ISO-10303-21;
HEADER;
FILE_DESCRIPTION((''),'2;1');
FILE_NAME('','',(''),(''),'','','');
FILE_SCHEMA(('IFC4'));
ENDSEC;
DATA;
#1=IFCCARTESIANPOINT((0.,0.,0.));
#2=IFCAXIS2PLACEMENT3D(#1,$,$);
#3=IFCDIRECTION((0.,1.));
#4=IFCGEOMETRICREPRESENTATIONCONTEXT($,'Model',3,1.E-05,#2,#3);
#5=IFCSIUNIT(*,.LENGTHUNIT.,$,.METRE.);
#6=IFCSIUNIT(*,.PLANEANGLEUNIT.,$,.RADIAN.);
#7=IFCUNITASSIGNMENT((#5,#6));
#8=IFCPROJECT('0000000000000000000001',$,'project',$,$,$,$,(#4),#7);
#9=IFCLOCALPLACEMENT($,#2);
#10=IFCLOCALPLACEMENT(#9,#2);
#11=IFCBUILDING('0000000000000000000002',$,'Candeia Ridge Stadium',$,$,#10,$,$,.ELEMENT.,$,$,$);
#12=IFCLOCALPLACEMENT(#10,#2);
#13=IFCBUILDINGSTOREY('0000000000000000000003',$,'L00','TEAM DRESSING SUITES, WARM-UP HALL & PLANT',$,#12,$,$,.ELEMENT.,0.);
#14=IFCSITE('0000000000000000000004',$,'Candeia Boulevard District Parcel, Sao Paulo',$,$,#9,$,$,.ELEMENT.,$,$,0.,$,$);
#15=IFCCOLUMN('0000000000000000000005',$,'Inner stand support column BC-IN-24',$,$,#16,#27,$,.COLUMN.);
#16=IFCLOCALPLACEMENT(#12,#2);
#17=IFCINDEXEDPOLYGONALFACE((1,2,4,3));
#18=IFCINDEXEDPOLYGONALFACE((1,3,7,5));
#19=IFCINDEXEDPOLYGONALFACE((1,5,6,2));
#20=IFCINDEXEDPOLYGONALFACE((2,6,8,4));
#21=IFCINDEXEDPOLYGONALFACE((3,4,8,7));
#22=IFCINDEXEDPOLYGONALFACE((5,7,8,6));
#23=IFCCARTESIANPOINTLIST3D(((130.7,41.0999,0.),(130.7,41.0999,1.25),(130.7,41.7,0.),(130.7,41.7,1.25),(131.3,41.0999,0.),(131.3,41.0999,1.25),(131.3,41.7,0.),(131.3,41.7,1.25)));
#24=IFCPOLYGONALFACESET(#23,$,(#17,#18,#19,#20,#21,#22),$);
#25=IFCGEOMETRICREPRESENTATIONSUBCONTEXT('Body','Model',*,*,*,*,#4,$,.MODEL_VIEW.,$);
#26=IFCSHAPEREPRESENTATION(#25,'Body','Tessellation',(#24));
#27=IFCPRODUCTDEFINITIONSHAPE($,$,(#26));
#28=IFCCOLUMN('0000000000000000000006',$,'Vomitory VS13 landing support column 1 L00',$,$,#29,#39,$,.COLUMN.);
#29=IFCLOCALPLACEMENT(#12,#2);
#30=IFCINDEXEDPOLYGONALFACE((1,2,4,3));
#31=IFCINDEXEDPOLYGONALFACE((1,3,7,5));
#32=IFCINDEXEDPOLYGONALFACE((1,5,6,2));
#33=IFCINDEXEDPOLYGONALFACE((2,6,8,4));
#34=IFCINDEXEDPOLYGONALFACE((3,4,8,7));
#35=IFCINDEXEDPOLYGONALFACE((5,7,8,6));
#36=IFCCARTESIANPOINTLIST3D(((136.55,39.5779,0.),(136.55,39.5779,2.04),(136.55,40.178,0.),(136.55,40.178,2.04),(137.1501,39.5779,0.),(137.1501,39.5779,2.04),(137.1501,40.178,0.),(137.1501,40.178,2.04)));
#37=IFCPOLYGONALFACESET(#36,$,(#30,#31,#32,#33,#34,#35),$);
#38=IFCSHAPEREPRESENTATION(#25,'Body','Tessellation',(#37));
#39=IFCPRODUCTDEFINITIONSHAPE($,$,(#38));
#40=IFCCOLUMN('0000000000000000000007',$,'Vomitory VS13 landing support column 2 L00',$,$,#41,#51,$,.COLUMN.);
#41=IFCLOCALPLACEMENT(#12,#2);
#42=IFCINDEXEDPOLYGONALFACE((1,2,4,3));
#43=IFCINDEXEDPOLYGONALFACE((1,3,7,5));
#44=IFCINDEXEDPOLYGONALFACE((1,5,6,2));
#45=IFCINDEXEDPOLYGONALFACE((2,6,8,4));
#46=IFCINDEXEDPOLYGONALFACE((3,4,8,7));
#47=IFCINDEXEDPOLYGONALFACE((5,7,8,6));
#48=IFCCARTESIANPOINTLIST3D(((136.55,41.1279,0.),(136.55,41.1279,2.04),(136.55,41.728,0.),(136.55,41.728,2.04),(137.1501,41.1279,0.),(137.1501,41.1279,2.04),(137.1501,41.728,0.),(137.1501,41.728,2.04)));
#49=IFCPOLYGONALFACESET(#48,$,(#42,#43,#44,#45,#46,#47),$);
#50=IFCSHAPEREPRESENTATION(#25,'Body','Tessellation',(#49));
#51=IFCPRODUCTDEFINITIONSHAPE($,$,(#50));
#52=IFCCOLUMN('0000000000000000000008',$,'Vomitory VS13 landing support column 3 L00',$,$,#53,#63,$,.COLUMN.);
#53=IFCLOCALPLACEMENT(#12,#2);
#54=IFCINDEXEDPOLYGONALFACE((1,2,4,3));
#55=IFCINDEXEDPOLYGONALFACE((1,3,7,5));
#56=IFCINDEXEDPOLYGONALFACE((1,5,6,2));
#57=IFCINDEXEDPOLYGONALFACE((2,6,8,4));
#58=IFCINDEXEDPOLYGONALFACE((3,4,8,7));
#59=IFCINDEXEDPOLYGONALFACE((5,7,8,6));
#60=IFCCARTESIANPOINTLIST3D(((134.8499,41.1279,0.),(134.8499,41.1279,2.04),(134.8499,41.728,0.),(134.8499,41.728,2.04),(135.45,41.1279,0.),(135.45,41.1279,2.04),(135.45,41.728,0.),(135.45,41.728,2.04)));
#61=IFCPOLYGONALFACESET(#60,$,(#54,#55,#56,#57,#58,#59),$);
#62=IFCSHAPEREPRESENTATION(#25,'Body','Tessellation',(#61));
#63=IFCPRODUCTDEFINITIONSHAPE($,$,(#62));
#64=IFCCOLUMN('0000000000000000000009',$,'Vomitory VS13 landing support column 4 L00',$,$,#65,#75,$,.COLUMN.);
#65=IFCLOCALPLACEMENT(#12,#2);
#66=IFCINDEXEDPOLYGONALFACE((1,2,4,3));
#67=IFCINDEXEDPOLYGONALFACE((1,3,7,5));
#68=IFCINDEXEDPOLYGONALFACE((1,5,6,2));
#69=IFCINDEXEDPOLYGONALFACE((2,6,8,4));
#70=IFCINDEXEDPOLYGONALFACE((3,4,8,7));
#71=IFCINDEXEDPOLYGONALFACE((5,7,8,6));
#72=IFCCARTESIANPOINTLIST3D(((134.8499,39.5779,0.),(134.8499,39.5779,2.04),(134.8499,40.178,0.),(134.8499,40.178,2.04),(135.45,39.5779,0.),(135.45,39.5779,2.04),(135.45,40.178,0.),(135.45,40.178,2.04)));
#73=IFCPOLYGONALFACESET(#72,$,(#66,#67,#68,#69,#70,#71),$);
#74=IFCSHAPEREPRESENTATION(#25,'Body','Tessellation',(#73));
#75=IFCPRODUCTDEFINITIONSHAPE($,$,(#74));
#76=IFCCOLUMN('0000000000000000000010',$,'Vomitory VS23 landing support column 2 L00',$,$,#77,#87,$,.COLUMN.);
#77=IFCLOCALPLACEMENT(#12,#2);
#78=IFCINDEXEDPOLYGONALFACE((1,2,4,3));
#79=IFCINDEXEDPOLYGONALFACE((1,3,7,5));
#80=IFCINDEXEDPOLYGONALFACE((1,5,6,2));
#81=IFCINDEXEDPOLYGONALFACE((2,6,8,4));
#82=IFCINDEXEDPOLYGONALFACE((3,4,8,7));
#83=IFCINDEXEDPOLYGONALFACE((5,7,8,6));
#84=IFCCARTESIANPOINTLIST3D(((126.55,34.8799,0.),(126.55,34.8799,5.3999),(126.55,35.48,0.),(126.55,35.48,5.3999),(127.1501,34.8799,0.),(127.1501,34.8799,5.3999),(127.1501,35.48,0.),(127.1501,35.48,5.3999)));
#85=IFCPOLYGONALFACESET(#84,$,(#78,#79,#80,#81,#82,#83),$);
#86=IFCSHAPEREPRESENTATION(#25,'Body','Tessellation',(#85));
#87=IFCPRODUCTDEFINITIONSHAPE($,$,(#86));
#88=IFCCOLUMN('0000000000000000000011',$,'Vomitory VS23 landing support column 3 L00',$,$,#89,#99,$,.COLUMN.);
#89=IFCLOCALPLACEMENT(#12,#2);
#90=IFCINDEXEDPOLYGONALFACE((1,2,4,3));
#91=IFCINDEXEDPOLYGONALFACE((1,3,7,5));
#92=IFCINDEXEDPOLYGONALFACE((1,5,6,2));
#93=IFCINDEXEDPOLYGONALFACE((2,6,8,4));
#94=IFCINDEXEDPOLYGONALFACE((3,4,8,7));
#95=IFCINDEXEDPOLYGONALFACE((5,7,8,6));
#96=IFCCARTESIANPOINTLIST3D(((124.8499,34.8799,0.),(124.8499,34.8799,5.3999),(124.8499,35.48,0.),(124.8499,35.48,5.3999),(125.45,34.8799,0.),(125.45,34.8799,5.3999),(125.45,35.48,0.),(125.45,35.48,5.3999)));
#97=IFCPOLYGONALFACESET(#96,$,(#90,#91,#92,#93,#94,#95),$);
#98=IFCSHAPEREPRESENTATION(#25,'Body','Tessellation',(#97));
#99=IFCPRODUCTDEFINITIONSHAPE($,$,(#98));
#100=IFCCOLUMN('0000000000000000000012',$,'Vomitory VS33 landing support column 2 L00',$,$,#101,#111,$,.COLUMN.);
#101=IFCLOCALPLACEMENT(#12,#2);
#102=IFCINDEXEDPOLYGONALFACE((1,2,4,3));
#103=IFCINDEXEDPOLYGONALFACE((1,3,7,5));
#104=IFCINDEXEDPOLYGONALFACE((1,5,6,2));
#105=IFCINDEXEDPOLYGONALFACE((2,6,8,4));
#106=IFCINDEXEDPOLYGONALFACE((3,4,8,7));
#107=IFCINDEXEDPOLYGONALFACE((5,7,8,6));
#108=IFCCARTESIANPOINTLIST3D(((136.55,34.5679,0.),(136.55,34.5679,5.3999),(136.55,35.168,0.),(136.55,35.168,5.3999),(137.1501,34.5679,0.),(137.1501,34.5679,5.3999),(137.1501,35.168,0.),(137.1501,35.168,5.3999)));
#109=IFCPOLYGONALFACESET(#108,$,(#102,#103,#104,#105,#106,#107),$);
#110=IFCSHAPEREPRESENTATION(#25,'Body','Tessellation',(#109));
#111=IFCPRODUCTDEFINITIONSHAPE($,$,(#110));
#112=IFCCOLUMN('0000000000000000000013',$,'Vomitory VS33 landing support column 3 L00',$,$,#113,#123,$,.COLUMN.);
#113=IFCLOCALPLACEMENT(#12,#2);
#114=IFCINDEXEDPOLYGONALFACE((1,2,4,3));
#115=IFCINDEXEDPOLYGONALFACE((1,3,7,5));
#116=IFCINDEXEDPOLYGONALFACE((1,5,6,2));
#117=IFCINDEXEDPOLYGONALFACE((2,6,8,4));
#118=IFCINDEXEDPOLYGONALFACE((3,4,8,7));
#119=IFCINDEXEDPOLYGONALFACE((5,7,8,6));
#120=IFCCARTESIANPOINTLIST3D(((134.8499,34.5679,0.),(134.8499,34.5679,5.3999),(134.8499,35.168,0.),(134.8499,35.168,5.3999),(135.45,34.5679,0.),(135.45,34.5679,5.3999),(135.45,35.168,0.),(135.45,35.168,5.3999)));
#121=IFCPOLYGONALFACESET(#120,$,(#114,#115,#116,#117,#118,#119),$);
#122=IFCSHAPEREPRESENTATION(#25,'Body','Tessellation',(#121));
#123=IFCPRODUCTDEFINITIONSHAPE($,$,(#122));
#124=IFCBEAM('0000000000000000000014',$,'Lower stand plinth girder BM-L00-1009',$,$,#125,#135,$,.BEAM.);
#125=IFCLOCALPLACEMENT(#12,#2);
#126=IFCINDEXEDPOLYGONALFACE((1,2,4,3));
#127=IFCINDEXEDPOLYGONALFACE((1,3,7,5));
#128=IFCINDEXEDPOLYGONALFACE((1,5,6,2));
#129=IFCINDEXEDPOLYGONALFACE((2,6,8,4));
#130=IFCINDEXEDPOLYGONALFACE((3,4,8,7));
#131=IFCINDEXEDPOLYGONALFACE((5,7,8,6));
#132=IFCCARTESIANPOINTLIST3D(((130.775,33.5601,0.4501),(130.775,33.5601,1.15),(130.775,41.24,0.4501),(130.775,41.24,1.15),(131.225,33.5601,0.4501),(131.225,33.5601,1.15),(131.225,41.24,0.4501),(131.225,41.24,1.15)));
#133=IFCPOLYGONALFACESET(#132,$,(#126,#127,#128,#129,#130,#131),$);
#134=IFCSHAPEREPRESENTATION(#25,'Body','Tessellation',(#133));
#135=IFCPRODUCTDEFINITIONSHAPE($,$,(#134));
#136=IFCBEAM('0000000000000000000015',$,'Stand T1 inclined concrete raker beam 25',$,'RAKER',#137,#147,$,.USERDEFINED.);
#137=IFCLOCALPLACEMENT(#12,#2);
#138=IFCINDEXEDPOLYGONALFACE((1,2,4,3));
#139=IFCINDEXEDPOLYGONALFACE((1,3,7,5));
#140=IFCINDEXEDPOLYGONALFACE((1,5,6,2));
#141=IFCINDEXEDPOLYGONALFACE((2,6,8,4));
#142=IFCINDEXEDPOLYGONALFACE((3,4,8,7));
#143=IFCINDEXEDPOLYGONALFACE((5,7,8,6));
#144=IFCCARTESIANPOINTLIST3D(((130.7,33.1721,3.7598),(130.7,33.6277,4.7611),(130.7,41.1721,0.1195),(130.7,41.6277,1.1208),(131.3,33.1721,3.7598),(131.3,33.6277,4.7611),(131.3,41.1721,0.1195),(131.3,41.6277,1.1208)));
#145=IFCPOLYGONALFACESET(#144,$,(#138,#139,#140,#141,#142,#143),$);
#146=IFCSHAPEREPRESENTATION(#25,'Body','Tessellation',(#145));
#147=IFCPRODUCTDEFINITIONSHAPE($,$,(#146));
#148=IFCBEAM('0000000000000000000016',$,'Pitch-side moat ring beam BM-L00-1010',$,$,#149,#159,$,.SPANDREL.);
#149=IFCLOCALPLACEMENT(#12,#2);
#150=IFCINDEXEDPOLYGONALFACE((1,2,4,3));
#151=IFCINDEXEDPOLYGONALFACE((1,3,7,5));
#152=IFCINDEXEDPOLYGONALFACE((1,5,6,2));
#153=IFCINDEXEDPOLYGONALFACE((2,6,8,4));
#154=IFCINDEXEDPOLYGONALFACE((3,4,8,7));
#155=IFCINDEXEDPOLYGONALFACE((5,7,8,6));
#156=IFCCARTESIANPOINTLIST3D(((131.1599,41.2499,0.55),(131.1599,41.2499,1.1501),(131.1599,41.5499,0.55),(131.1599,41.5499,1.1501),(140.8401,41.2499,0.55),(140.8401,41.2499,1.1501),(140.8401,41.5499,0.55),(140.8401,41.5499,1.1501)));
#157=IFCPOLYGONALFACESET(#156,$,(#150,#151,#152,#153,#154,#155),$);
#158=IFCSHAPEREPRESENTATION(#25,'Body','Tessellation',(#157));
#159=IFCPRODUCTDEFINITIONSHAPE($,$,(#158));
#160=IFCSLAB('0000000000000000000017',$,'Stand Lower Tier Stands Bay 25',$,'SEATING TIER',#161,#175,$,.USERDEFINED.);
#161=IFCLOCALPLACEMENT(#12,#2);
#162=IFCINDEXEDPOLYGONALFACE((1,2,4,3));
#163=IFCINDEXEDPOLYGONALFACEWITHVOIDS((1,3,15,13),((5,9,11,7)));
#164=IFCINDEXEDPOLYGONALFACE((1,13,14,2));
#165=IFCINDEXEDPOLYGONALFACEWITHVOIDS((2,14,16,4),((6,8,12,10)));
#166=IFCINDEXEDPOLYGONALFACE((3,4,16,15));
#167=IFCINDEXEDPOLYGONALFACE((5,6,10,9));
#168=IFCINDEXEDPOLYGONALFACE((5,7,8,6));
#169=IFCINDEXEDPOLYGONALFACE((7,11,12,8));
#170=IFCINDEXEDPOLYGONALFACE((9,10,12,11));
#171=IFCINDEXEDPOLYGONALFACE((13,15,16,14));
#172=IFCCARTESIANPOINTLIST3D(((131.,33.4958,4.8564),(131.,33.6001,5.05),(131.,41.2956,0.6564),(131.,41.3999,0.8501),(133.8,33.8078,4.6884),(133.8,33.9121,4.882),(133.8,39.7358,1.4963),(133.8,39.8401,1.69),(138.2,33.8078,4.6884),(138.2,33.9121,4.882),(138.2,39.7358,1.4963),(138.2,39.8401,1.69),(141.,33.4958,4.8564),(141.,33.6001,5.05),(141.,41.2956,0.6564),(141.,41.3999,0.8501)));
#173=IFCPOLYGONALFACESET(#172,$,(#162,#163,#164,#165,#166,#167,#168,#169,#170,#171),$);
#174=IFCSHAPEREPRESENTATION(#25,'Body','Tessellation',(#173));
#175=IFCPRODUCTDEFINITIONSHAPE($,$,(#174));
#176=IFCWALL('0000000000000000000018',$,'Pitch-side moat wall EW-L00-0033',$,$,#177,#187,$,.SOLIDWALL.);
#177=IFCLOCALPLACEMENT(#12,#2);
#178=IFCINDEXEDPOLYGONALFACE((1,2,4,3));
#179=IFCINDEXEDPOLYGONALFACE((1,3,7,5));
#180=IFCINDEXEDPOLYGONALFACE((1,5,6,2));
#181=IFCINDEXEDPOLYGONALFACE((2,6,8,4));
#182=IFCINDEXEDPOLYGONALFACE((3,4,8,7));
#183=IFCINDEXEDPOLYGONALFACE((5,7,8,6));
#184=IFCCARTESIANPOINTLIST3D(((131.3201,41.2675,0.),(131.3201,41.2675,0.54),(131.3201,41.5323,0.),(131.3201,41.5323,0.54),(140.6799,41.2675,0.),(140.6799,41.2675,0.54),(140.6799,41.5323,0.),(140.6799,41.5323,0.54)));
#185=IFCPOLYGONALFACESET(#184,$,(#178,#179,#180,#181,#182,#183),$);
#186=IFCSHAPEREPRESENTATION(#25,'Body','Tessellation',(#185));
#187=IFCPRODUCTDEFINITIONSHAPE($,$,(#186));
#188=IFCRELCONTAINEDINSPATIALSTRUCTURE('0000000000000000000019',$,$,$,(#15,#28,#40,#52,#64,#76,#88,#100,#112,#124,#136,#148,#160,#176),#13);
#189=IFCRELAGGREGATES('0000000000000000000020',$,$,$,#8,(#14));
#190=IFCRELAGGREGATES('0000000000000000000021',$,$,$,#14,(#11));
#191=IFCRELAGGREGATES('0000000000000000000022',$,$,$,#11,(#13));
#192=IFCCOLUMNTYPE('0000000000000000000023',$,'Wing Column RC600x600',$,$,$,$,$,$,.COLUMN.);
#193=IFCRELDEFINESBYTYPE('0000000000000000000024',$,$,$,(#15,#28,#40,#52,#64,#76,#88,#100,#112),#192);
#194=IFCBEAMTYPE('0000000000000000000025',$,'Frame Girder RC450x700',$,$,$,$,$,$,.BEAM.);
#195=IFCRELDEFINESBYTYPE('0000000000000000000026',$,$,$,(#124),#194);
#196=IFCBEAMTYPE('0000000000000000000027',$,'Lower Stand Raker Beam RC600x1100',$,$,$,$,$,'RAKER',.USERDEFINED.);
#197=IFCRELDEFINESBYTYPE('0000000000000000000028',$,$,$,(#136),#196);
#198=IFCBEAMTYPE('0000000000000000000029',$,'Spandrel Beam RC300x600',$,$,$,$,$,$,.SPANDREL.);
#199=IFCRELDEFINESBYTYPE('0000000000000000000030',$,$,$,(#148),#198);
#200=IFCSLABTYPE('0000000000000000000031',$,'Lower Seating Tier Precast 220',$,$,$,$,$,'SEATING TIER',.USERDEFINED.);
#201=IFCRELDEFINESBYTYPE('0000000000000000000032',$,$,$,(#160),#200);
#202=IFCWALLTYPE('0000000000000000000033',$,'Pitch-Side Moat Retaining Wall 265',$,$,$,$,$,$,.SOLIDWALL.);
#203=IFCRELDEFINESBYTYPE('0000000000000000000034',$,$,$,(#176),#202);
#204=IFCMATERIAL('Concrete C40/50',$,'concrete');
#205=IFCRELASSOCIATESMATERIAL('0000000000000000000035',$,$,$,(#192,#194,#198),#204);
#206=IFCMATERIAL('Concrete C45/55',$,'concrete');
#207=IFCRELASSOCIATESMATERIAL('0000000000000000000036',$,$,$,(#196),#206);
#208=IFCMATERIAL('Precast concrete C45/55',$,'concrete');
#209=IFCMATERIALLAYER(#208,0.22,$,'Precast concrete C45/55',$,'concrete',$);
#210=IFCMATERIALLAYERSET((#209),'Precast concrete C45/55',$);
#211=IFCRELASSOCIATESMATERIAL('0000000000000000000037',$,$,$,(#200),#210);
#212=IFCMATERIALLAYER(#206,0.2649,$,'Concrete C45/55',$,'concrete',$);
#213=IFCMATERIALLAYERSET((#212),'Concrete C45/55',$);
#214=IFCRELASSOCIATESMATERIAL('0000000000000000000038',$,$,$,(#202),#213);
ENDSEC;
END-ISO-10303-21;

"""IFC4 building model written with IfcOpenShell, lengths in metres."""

from ifc_helpers import new_model, si_unit, direction, frame, frame_2d, origin, origin_2d, place, context, subcontext, project, spatial, polyline, rectangle, outline, extrude, material, layer, layer_set, material_profile, profile_set, type_object, element, save


model = new_model("IFC4")

# Units and contexts
model_context = context("Model", 3, precision=1e-05, world=origin(), true_north=direction((0.0, 1.0)))
body_context = subcontext(model_context, "Body", "Model", "MODEL_VIEW")
ifc_project = project(units=[si_unit("LENGTHUNIT", "METRE"), si_unit("PLANEANGLEUNIT", "RADIAN")], contexts=[model_context])

# Site, building, storey
site_placement = place(None, origin())
site = spatial("IfcSite", under=ifc_project, at=site_placement, Name="Candeia Boulevard District Parcel, Sao Paulo", CompositionType="ELEMENT", RefElevation=0.0)
building_placement = place(site_placement, origin())
building = spatial("IfcBuilding", under=site, at=building_placement, Name="Candeia Ridge Stadium", CompositionType="ELEMENT")
storey_placement = place(building_placement, origin())
storey = spatial("IfcBuildingStorey", under=building, at=storey_placement, Name="L00", Description="TEAM DRESSING SUITES, WARM-UP HALL & PLANT", CompositionType="ELEMENT", Elevation=0.0)

# Shared definitions
ifc_material_1 = material(Name="Concrete C40/50", Category="concrete")

# Columns
ifc_material_profile_1 = material_profile(ifc_material_1, rectangle(XDim=0.6001, YDim=0.6001, at=origin_2d()), Name="RC600x600", Category="concrete")
ifc_profile_set_1 = profile_set([ifc_material_profile_1], Name="Concrete C40/50")
column_type = type_object("IfcColumnType", Name="Wing Column RC600x600", PredefinedType="COLUMN", material=ifc_profile_set_1)
column_placement = place(storey_placement, frame((131.0, 41.3999, 0.0), z_axis=(0.0, 0.0, 1.0), x_axis=(1.0, 0.0, 0.0)))
element("IfcColumn", 1, at=column_placement, inside=storey, type_object=column_type, Name="Inner stand support column BC-IN-24", PredefinedType="COLUMN", context=body_context, shape_type="SweptSolid", body=[
    extrude(rectangle(XDim=0.6001, YDim=0.6001, at=origin_2d()), origin(), (0.0, 0.0, 1.0), 1.25),
])
for number, where, z_axis, x_axis, name in (
    (2, (136.8501, 39.8779, 0.0), (0.0, 0.0, 1.0), (1.0, 0.0, 0.0), "Vomitory VS13 landing support column 1 L00"),
    (3, (136.8501, 41.428, 0.0), (0.0, 0.0, 1.0), (1.0, 0.0, 0.0), "Vomitory VS13 landing support column 2 L00"),
    (4, (135.1499, 41.428, 0.0), (0.0, 0.0, 1.0), (1.0, 0.0, 0.0), "Vomitory VS13 landing support column 3 L00"),
    (5, (135.1499, 39.8779, 0.0), (0.0, 0.0, 1.0), (1.0, 0.0, 0.0), "Vomitory VS13 landing support column 4 L00"),
):
    element("IfcColumn", number, at=place(storey_placement, frame(where, z_axis=z_axis, x_axis=x_axis)), inside=storey, type_object=column_type, Name=name, PredefinedType="COLUMN", context=body_context, shape_type="SweptSolid", body=[
        extrude(rectangle(XDim=0.6001, YDim=0.6001, at=origin_2d()), origin(), (0.0, 0.0, 1.0), 2.04),
    ])
for number, where, z_axis, x_axis, name in (
    (6, (126.8501, 35.1799, 0.0), (0.0, 0.0, 1.0), (1.0, 0.0, 0.0), "Vomitory VS23 landing support column 2 L00"),
    (7, (125.1499, 35.1799, 0.0), (0.0, 0.0, 1.0), (1.0, 0.0, 0.0), "Vomitory VS23 landing support column 3 L00"),
    (8, (136.8501, 34.8679, 0.0), (0.0, 0.0, 1.0), (1.0, 0.0, 0.0), "Vomitory VS33 landing support column 2 L00"),
    (9, (135.1499, 34.8679, 0.0), (0.0, 0.0, 1.0), (1.0, 0.0, 0.0), "Vomitory VS33 landing support column 3 L00"),
):
    element("IfcColumn", number, at=place(storey_placement, frame(where, z_axis=z_axis, x_axis=x_axis)), inside=storey, type_object=column_type, Name=name, PredefinedType="COLUMN", context=body_context, shape_type="SweptSolid", body=[
        extrude(rectangle(XDim=0.6001, YDim=0.6001, at=origin_2d()), origin(), (0.0, 0.0, 1.0), 5.3999),
    ])

# Beams
ifc_material_profile_2 = material_profile(ifc_material_1, rectangle(XDim=0.45, YDim=0.7, at=origin_2d()), Name="RC450x700", Category="concrete")
ifc_profile_set_2 = profile_set([ifc_material_profile_2], Name="Concrete C40/50")
beam_type_1 = type_object("IfcBeamType", Name="Frame Girder RC450x700", PredefinedType="BEAM", material=ifc_profile_set_2)
beam_1_placement = place(storey_placement, frame((131.0, 41.24, 0.8), z_axis=(0.0, -1.0, 0.0), x_axis=(1.0, 0.0, 0.0)))
element("IfcBeam", 10, at=beam_1_placement, inside=storey, type_object=beam_type_1, Name="Lower stand plinth girder BM-L00-1009", PredefinedType="BEAM", context=body_context, shape_type="SweptSolid", body=[
    extrude(rectangle(XDim=0.45, YDim=0.7, at=origin_2d()), origin(), (0.0, 0.0, 1.0), 7.6799),
])
ifc_material_2 = material(Name="Concrete C45/55", Category="concrete")
ifc_material_profile_3 = material_profile(ifc_material_2, rectangle(XDim=0.6001, YDim=1.1001, at=origin_2d()), Name="RC600x1100", Category="concrete")
ifc_profile_set_3 = profile_set([ifc_material_profile_3], Name="Concrete C45/55")
beam_type_2 = type_object("IfcBeamType", Name="Lower Stand Raker Beam RC600x1100", ElementType="RAKER", PredefinedType="USERDEFINED", material=ifc_profile_set_3)
beam_2_placement = place(storey_placement, frame((131.0, 41.3999, 0.6201), z_axis=(0.0, -0.910194, 0.414182), x_axis=(1.0, 0.0, 0.0)))
element("IfcBeam", 11, at=beam_2_placement, inside=storey, type_object=beam_type_2, Name="Stand T1 inclined concrete raker beam 25", ObjectType="RAKER", PredefinedType="USERDEFINED", context=body_context, shape_type="SweptSolid", body=[
    extrude(rectangle(XDim=0.6001, YDim=1.1001, at=origin_2d()), origin(), (0.0, 0.0, 1.0), 8.7893),
])
ifc_material_profile_4 = material_profile(ifc_material_1, rectangle(XDim=0.3, YDim=0.6001, at=origin_2d()), Name="RC300x600", Category="concrete")
ifc_profile_set_4 = profile_set([ifc_material_profile_4], Name="Concrete C40/50")
beam_type_3 = type_object("IfcBeamType", Name="Spandrel Beam RC300x600", PredefinedType="SPANDREL", material=ifc_profile_set_4)
beam_3_placement = place(storey_placement, frame((131.1599, 41.3999, 0.8501), z_axis=(1.0, 0.0, 0.0), x_axis=(0.0, 1.0, 0.0)))
element("IfcBeam", 12, at=beam_3_placement, inside=storey, type_object=beam_type_3, Name="Pitch-side moat ring beam BM-L00-1010", PredefinedType="SPANDREL", context=body_context, shape_type="SweptSolid", body=[
    extrude(rectangle(XDim=0.3, YDim=0.6001, at=origin_2d()), origin(), (0.0, 0.0, 1.0), 9.6802),
])

# Slab
ifc_material_3 = material(Name="Precast concrete C45/55", Category="concrete")
ifc_layer_1 = layer(ifc_material_3, 0.22, Name="Precast concrete C45/55", Category="concrete")
ifc_layer_set_1 = layer_set([ifc_layer_1], Name="Precast concrete C45/55")
slab_type = type_object("IfcSlabType", Name="Lower Seating Tier Precast 220", ElementType="SEATING TIER", PredefinedType="USERDEFINED", material=ifc_layer_set_1)
slab_placement = place(storey_placement, frame((131.0, 41.3999, 0.8501), z_axis=(0.0, 0.474105, 0.880468), x_axis=(1.0, 0.0, 0.0)))
element("IfcSlab", 13, at=slab_placement, inside=storey, type_object=slab_type, Name="Stand Lower Tier Stands Bay 25", ObjectType="SEATING TIER", PredefinedType="USERDEFINED", context=body_context, shape_type="SweptSolid", body=[
    extrude(outline(polyline([(0.0, 0.0), (10.0, 0.0), (10.0, -8.8587), (0.0, -8.8587), (0.0, 0.0)]), holes=[polyline([(2.8, -1.7715), (7.2, -1.7715), (7.2, -8.5043), (2.8, -8.5043), (2.8, -1.7715)])]), origin(), (0.0, 0.0, -1.0), 0.22),
])

# Wall
ifc_layer_2 = layer(ifc_material_2, 0.2649, Name="Concrete C45/55", Category="concrete")
ifc_layer_set_2 = layer_set([ifc_layer_2], Name="Concrete C45/55")
wall_type = type_object("IfcWallType", Name="Pitch-Side Moat Retaining Wall 265", PredefinedType="SOLIDWALL", material=ifc_layer_set_2)
wall_placement = place(storey_placement, frame((131.3201, 41.3999, 0.0), z_axis=(0.0, 0.0, 1.0), x_axis=(1.0, 0.0, 0.0)))
element("IfcWall", 14, at=wall_placement, inside=storey, type_object=wall_type, Name="Pitch-side moat wall EW-L00-0033", PredefinedType="SOLIDWALL", context=body_context, shape_type="SweptSolid", body=[
    extrude(rectangle(XDim=9.3599, YDim=0.2649, at=frame_2d((4.6799, 0.0))), origin(), (0.0, 0.0, 1.0), 0.54),
])

save(model, "model.ifc")
